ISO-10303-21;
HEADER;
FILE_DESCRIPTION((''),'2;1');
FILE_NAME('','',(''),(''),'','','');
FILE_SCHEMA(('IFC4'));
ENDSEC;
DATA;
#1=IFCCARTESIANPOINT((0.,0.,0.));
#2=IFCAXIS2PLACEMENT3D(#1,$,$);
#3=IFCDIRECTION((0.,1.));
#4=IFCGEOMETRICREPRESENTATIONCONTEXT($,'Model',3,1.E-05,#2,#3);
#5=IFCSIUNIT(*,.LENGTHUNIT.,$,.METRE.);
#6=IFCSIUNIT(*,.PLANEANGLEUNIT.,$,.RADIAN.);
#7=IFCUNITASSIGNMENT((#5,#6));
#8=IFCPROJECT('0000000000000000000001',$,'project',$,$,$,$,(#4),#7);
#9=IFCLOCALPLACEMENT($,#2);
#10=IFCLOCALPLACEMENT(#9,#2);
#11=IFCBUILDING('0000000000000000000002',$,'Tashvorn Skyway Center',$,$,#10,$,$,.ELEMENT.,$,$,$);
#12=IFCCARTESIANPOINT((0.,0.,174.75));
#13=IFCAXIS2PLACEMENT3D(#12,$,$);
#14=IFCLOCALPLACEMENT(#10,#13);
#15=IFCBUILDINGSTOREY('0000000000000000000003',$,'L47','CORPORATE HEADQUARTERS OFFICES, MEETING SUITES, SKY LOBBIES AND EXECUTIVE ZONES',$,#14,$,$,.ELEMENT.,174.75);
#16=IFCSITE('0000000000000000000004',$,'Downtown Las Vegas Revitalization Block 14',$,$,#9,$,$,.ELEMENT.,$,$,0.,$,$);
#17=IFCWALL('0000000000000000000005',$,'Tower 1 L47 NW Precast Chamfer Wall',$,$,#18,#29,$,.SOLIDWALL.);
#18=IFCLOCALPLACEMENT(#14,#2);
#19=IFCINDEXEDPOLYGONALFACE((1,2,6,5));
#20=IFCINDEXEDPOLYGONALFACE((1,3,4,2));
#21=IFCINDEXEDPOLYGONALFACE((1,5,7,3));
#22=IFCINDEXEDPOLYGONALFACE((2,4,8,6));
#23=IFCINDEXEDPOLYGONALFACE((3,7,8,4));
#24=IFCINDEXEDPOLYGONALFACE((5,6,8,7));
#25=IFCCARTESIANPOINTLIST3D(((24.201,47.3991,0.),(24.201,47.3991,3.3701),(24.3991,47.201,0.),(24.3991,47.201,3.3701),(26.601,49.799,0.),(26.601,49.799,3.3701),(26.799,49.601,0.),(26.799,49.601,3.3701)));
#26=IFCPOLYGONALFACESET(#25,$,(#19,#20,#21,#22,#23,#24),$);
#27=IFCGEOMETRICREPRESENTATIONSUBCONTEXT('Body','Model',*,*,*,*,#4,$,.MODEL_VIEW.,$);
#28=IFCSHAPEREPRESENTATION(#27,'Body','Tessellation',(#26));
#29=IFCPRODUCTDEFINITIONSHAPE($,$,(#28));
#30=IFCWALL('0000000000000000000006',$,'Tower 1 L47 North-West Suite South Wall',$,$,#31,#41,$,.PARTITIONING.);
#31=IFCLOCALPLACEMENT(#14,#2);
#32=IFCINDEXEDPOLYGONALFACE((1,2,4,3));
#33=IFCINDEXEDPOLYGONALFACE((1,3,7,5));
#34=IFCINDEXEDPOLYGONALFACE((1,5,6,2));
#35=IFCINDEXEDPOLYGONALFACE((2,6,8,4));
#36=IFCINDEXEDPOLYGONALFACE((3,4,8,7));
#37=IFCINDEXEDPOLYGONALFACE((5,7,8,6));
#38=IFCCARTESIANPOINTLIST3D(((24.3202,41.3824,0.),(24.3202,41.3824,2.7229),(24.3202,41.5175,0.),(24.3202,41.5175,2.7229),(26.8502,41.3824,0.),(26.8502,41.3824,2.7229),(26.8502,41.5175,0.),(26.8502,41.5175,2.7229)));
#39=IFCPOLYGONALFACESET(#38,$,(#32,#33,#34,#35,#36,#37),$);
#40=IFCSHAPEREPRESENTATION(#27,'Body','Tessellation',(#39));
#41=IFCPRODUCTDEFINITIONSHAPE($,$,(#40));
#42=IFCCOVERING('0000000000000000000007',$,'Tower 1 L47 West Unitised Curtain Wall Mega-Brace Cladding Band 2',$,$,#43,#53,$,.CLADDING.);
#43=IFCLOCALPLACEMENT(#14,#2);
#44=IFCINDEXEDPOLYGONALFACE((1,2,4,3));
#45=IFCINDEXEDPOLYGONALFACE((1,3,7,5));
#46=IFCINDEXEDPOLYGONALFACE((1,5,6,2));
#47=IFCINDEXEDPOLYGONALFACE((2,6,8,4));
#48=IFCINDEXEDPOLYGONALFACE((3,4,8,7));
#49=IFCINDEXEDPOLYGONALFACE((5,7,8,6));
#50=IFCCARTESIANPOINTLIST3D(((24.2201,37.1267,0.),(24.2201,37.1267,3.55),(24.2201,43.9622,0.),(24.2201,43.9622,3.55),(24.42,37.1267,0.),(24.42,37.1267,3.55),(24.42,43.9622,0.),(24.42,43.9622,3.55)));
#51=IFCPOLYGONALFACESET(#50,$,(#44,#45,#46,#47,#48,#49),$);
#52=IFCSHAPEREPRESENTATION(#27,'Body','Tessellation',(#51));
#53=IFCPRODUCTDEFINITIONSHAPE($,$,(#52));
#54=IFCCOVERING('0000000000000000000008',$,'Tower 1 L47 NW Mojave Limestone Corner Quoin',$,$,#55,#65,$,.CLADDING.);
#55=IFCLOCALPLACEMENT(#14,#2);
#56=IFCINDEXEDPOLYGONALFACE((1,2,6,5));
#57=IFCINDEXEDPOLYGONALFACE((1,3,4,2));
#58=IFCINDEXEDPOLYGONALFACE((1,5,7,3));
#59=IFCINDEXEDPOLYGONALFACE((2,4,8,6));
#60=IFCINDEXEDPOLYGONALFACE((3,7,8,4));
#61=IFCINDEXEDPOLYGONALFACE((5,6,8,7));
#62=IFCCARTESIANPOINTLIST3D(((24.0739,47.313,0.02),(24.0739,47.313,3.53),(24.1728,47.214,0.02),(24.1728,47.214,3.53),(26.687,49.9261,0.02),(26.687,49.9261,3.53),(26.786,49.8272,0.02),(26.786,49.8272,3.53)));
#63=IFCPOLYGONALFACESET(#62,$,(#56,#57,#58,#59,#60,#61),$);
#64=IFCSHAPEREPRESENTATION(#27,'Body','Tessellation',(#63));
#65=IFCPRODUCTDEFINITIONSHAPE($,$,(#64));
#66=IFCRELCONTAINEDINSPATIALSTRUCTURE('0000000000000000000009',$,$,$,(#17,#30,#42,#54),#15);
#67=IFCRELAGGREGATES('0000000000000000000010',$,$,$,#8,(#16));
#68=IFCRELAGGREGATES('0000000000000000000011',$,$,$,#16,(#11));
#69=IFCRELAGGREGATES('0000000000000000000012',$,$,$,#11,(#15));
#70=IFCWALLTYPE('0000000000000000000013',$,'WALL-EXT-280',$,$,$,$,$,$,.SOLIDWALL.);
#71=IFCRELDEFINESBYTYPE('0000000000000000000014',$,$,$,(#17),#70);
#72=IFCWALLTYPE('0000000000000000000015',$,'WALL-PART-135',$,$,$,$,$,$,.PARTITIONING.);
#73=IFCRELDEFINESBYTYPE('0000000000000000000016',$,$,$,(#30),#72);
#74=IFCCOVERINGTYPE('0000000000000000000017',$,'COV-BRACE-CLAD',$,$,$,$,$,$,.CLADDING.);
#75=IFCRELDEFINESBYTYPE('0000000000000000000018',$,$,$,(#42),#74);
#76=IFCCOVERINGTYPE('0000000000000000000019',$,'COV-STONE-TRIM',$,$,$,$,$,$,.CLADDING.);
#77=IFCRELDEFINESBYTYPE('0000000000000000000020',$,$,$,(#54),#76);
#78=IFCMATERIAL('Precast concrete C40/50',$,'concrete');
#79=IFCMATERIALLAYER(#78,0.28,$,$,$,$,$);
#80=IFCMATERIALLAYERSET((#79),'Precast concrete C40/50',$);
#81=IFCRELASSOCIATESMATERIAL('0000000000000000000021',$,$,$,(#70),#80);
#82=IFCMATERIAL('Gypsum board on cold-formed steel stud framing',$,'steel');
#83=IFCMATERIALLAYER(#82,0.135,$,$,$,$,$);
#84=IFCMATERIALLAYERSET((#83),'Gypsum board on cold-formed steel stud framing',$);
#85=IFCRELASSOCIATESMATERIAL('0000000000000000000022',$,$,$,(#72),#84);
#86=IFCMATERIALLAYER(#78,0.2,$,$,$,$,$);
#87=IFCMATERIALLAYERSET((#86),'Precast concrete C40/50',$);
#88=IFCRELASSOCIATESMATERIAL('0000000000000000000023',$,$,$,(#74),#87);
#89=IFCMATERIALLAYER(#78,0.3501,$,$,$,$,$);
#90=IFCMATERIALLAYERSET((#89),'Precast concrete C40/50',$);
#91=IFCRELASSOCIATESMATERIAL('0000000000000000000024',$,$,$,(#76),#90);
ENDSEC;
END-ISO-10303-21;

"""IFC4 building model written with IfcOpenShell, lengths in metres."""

from ifc_helpers import new_model, si_unit, direction, frame, frame_2d, origin, origin_2d, place, context, subcontext, project, spatial, rectangle, extrude, material, layer, layer_set, type_object, element, save


model = new_model("IFC4")

# Units and contexts
model_context = context("Model", 3, precision=1e-05, world=origin(), true_north=direction((0.0, 1.0)))
body_context = subcontext(model_context, "Body", "Model", "MODEL_VIEW")
ifc_project = project(units=[si_unit("LENGTHUNIT", "METRE"), si_unit("PLANEANGLEUNIT", "RADIAN")], contexts=[model_context])

# Site, building, storey
site_placement = place(None, origin())
site = spatial("IfcSite", under=ifc_project, at=site_placement, Name="Downtown Las Vegas Revitalization Block 14", CompositionType="ELEMENT", RefElevation=0.0)
building_placement = place(site_placement, origin())
building = spatial("IfcBuilding", under=site, at=building_placement, Name="Tashvorn Skyway Center", CompositionType="ELEMENT")
storey_placement = place(building_placement, frame((0.0, 0.0, 174.75)))
storey = spatial("IfcBuildingStorey", under=building, at=storey_placement, Name="L47", Description="CORPORATE HEADQUARTERS OFFICES, MEETING SUITES, SKY LOBBIES AND EXECUTIVE ZONES", CompositionType="ELEMENT", Elevation=174.75)

# Walls
ifc_material_1 = material(Name="Precast concrete C40/50", Category="concrete")
ifc_layer_1 = layer(ifc_material_1, 0.28)
ifc_layer_set_1 = layer_set([ifc_layer_1], Name="Precast concrete C40/50")
wall_type_1 = type_object("IfcWallType", Name="WALL-EXT-280", PredefinedType="SOLIDWALL", material=ifc_layer_set_1)
wall_1_placement = place(storey_placement, frame((24.3, 47.3, 0.0), z_axis=(0.0, 0.0, 1.0), x_axis=(0.707107, 0.707107, 0.0)))
element("IfcWall", 1, at=wall_1_placement, inside=storey, type_object=wall_type_1, Name="Tower 1 L47 NW Precast Chamfer Wall", PredefinedType="SOLIDWALL", context=body_context, shape_type="SweptSolid", body=[
    extrude(rectangle(XDim=3.394, YDim=0.28, at=frame_2d((1.697, 0.0))), origin(), (0.0, 0.0, 1.0), 3.3701),
])
ifc_material_2 = material(Name="Gypsum board on cold-formed steel stud framing", Category="steel")
ifc_layer_2 = layer(ifc_material_2, 0.135)
ifc_layer_set_2 = layer_set([ifc_layer_2], Name="Gypsum board on cold-formed steel stud framing")
wall_type_2 = type_object("IfcWallType", Name="WALL-PART-135", PredefinedType="PARTITIONING", material=ifc_layer_set_2)
wall_2_placement = place(storey_placement, frame((24.3201, 41.45, 0.0), z_axis=(0.0, 0.0, 1.0), x_axis=(1.0, 0.0, 0.0)))
element("IfcWall", 2, at=wall_2_placement, inside=storey, type_object=wall_type_2, Name="Tower 1 L47 North-West Suite South Wall", PredefinedType="PARTITIONING", context=body_context, shape_type="SweptSolid", body=[
    extrude(rectangle(XDim=2.53, YDim=0.135, at=frame_2d((1.2651, 0.0))), origin(), (0.0, 0.0, 1.0), 2.7229),
])

# Coverings
ifc_layer_3 = layer(ifc_material_1, 0.2)
ifc_layer_set_3 = layer_set([ifc_layer_3], Name="Precast concrete C40/50")
covering_type_1 = type_object("IfcCoveringType", Name="COV-BRACE-CLAD", PredefinedType="CLADDING", material=ifc_layer_set_3)
covering_1_placement = place(storey_placement, frame((24.3201, 40.5444, 0.0), z_axis=(0.0, 0.0, 1.0), x_axis=(0.0, 1.0, 0.0)))
element("IfcCovering", 3, at=covering_1_placement, inside=storey, type_object=covering_type_1, Name="Tower 1 L47 West Unitised Curtain Wall Mega-Brace Cladding Band 2", PredefinedType="CLADDING", context=body_context, shape_type="SweptSolid", body=[
    extrude(rectangle(XDim=6.8354, YDim=0.2, at=origin_2d()), origin(), (0.0, 0.0, 1.0), 3.55),
])
ifc_layer_4 = layer(ifc_material_1, 0.3501)
ifc_layer_set_4 = layer_set([ifc_layer_4], Name="Precast concrete C40/50")
covering_type_2 = type_object("IfcCoveringType", Name="COV-STONE-TRIM", PredefinedType="CLADDING", material=ifc_layer_set_4)
covering_2_placement = place(storey_placement, frame((25.4299, 48.5701, 0.02), z_axis=(0.0, 0.0, 1.0), x_axis=(-0.707107, -0.707107, 0.0)))
element("IfcCovering", 4, at=covering_2_placement, inside=storey, type_object=covering_type_2, Name="Tower 1 L47 NW Mojave Limestone Corner Quoin", PredefinedType="CLADDING", context=body_context, shape_type="SweptSolid", body=[
    extrude(rectangle(XDim=3.6956, YDim=0.1399, at=origin_2d()), origin(), (0.0, 0.0, 1.0), 3.51),
])

save(model, "model.ifc")
